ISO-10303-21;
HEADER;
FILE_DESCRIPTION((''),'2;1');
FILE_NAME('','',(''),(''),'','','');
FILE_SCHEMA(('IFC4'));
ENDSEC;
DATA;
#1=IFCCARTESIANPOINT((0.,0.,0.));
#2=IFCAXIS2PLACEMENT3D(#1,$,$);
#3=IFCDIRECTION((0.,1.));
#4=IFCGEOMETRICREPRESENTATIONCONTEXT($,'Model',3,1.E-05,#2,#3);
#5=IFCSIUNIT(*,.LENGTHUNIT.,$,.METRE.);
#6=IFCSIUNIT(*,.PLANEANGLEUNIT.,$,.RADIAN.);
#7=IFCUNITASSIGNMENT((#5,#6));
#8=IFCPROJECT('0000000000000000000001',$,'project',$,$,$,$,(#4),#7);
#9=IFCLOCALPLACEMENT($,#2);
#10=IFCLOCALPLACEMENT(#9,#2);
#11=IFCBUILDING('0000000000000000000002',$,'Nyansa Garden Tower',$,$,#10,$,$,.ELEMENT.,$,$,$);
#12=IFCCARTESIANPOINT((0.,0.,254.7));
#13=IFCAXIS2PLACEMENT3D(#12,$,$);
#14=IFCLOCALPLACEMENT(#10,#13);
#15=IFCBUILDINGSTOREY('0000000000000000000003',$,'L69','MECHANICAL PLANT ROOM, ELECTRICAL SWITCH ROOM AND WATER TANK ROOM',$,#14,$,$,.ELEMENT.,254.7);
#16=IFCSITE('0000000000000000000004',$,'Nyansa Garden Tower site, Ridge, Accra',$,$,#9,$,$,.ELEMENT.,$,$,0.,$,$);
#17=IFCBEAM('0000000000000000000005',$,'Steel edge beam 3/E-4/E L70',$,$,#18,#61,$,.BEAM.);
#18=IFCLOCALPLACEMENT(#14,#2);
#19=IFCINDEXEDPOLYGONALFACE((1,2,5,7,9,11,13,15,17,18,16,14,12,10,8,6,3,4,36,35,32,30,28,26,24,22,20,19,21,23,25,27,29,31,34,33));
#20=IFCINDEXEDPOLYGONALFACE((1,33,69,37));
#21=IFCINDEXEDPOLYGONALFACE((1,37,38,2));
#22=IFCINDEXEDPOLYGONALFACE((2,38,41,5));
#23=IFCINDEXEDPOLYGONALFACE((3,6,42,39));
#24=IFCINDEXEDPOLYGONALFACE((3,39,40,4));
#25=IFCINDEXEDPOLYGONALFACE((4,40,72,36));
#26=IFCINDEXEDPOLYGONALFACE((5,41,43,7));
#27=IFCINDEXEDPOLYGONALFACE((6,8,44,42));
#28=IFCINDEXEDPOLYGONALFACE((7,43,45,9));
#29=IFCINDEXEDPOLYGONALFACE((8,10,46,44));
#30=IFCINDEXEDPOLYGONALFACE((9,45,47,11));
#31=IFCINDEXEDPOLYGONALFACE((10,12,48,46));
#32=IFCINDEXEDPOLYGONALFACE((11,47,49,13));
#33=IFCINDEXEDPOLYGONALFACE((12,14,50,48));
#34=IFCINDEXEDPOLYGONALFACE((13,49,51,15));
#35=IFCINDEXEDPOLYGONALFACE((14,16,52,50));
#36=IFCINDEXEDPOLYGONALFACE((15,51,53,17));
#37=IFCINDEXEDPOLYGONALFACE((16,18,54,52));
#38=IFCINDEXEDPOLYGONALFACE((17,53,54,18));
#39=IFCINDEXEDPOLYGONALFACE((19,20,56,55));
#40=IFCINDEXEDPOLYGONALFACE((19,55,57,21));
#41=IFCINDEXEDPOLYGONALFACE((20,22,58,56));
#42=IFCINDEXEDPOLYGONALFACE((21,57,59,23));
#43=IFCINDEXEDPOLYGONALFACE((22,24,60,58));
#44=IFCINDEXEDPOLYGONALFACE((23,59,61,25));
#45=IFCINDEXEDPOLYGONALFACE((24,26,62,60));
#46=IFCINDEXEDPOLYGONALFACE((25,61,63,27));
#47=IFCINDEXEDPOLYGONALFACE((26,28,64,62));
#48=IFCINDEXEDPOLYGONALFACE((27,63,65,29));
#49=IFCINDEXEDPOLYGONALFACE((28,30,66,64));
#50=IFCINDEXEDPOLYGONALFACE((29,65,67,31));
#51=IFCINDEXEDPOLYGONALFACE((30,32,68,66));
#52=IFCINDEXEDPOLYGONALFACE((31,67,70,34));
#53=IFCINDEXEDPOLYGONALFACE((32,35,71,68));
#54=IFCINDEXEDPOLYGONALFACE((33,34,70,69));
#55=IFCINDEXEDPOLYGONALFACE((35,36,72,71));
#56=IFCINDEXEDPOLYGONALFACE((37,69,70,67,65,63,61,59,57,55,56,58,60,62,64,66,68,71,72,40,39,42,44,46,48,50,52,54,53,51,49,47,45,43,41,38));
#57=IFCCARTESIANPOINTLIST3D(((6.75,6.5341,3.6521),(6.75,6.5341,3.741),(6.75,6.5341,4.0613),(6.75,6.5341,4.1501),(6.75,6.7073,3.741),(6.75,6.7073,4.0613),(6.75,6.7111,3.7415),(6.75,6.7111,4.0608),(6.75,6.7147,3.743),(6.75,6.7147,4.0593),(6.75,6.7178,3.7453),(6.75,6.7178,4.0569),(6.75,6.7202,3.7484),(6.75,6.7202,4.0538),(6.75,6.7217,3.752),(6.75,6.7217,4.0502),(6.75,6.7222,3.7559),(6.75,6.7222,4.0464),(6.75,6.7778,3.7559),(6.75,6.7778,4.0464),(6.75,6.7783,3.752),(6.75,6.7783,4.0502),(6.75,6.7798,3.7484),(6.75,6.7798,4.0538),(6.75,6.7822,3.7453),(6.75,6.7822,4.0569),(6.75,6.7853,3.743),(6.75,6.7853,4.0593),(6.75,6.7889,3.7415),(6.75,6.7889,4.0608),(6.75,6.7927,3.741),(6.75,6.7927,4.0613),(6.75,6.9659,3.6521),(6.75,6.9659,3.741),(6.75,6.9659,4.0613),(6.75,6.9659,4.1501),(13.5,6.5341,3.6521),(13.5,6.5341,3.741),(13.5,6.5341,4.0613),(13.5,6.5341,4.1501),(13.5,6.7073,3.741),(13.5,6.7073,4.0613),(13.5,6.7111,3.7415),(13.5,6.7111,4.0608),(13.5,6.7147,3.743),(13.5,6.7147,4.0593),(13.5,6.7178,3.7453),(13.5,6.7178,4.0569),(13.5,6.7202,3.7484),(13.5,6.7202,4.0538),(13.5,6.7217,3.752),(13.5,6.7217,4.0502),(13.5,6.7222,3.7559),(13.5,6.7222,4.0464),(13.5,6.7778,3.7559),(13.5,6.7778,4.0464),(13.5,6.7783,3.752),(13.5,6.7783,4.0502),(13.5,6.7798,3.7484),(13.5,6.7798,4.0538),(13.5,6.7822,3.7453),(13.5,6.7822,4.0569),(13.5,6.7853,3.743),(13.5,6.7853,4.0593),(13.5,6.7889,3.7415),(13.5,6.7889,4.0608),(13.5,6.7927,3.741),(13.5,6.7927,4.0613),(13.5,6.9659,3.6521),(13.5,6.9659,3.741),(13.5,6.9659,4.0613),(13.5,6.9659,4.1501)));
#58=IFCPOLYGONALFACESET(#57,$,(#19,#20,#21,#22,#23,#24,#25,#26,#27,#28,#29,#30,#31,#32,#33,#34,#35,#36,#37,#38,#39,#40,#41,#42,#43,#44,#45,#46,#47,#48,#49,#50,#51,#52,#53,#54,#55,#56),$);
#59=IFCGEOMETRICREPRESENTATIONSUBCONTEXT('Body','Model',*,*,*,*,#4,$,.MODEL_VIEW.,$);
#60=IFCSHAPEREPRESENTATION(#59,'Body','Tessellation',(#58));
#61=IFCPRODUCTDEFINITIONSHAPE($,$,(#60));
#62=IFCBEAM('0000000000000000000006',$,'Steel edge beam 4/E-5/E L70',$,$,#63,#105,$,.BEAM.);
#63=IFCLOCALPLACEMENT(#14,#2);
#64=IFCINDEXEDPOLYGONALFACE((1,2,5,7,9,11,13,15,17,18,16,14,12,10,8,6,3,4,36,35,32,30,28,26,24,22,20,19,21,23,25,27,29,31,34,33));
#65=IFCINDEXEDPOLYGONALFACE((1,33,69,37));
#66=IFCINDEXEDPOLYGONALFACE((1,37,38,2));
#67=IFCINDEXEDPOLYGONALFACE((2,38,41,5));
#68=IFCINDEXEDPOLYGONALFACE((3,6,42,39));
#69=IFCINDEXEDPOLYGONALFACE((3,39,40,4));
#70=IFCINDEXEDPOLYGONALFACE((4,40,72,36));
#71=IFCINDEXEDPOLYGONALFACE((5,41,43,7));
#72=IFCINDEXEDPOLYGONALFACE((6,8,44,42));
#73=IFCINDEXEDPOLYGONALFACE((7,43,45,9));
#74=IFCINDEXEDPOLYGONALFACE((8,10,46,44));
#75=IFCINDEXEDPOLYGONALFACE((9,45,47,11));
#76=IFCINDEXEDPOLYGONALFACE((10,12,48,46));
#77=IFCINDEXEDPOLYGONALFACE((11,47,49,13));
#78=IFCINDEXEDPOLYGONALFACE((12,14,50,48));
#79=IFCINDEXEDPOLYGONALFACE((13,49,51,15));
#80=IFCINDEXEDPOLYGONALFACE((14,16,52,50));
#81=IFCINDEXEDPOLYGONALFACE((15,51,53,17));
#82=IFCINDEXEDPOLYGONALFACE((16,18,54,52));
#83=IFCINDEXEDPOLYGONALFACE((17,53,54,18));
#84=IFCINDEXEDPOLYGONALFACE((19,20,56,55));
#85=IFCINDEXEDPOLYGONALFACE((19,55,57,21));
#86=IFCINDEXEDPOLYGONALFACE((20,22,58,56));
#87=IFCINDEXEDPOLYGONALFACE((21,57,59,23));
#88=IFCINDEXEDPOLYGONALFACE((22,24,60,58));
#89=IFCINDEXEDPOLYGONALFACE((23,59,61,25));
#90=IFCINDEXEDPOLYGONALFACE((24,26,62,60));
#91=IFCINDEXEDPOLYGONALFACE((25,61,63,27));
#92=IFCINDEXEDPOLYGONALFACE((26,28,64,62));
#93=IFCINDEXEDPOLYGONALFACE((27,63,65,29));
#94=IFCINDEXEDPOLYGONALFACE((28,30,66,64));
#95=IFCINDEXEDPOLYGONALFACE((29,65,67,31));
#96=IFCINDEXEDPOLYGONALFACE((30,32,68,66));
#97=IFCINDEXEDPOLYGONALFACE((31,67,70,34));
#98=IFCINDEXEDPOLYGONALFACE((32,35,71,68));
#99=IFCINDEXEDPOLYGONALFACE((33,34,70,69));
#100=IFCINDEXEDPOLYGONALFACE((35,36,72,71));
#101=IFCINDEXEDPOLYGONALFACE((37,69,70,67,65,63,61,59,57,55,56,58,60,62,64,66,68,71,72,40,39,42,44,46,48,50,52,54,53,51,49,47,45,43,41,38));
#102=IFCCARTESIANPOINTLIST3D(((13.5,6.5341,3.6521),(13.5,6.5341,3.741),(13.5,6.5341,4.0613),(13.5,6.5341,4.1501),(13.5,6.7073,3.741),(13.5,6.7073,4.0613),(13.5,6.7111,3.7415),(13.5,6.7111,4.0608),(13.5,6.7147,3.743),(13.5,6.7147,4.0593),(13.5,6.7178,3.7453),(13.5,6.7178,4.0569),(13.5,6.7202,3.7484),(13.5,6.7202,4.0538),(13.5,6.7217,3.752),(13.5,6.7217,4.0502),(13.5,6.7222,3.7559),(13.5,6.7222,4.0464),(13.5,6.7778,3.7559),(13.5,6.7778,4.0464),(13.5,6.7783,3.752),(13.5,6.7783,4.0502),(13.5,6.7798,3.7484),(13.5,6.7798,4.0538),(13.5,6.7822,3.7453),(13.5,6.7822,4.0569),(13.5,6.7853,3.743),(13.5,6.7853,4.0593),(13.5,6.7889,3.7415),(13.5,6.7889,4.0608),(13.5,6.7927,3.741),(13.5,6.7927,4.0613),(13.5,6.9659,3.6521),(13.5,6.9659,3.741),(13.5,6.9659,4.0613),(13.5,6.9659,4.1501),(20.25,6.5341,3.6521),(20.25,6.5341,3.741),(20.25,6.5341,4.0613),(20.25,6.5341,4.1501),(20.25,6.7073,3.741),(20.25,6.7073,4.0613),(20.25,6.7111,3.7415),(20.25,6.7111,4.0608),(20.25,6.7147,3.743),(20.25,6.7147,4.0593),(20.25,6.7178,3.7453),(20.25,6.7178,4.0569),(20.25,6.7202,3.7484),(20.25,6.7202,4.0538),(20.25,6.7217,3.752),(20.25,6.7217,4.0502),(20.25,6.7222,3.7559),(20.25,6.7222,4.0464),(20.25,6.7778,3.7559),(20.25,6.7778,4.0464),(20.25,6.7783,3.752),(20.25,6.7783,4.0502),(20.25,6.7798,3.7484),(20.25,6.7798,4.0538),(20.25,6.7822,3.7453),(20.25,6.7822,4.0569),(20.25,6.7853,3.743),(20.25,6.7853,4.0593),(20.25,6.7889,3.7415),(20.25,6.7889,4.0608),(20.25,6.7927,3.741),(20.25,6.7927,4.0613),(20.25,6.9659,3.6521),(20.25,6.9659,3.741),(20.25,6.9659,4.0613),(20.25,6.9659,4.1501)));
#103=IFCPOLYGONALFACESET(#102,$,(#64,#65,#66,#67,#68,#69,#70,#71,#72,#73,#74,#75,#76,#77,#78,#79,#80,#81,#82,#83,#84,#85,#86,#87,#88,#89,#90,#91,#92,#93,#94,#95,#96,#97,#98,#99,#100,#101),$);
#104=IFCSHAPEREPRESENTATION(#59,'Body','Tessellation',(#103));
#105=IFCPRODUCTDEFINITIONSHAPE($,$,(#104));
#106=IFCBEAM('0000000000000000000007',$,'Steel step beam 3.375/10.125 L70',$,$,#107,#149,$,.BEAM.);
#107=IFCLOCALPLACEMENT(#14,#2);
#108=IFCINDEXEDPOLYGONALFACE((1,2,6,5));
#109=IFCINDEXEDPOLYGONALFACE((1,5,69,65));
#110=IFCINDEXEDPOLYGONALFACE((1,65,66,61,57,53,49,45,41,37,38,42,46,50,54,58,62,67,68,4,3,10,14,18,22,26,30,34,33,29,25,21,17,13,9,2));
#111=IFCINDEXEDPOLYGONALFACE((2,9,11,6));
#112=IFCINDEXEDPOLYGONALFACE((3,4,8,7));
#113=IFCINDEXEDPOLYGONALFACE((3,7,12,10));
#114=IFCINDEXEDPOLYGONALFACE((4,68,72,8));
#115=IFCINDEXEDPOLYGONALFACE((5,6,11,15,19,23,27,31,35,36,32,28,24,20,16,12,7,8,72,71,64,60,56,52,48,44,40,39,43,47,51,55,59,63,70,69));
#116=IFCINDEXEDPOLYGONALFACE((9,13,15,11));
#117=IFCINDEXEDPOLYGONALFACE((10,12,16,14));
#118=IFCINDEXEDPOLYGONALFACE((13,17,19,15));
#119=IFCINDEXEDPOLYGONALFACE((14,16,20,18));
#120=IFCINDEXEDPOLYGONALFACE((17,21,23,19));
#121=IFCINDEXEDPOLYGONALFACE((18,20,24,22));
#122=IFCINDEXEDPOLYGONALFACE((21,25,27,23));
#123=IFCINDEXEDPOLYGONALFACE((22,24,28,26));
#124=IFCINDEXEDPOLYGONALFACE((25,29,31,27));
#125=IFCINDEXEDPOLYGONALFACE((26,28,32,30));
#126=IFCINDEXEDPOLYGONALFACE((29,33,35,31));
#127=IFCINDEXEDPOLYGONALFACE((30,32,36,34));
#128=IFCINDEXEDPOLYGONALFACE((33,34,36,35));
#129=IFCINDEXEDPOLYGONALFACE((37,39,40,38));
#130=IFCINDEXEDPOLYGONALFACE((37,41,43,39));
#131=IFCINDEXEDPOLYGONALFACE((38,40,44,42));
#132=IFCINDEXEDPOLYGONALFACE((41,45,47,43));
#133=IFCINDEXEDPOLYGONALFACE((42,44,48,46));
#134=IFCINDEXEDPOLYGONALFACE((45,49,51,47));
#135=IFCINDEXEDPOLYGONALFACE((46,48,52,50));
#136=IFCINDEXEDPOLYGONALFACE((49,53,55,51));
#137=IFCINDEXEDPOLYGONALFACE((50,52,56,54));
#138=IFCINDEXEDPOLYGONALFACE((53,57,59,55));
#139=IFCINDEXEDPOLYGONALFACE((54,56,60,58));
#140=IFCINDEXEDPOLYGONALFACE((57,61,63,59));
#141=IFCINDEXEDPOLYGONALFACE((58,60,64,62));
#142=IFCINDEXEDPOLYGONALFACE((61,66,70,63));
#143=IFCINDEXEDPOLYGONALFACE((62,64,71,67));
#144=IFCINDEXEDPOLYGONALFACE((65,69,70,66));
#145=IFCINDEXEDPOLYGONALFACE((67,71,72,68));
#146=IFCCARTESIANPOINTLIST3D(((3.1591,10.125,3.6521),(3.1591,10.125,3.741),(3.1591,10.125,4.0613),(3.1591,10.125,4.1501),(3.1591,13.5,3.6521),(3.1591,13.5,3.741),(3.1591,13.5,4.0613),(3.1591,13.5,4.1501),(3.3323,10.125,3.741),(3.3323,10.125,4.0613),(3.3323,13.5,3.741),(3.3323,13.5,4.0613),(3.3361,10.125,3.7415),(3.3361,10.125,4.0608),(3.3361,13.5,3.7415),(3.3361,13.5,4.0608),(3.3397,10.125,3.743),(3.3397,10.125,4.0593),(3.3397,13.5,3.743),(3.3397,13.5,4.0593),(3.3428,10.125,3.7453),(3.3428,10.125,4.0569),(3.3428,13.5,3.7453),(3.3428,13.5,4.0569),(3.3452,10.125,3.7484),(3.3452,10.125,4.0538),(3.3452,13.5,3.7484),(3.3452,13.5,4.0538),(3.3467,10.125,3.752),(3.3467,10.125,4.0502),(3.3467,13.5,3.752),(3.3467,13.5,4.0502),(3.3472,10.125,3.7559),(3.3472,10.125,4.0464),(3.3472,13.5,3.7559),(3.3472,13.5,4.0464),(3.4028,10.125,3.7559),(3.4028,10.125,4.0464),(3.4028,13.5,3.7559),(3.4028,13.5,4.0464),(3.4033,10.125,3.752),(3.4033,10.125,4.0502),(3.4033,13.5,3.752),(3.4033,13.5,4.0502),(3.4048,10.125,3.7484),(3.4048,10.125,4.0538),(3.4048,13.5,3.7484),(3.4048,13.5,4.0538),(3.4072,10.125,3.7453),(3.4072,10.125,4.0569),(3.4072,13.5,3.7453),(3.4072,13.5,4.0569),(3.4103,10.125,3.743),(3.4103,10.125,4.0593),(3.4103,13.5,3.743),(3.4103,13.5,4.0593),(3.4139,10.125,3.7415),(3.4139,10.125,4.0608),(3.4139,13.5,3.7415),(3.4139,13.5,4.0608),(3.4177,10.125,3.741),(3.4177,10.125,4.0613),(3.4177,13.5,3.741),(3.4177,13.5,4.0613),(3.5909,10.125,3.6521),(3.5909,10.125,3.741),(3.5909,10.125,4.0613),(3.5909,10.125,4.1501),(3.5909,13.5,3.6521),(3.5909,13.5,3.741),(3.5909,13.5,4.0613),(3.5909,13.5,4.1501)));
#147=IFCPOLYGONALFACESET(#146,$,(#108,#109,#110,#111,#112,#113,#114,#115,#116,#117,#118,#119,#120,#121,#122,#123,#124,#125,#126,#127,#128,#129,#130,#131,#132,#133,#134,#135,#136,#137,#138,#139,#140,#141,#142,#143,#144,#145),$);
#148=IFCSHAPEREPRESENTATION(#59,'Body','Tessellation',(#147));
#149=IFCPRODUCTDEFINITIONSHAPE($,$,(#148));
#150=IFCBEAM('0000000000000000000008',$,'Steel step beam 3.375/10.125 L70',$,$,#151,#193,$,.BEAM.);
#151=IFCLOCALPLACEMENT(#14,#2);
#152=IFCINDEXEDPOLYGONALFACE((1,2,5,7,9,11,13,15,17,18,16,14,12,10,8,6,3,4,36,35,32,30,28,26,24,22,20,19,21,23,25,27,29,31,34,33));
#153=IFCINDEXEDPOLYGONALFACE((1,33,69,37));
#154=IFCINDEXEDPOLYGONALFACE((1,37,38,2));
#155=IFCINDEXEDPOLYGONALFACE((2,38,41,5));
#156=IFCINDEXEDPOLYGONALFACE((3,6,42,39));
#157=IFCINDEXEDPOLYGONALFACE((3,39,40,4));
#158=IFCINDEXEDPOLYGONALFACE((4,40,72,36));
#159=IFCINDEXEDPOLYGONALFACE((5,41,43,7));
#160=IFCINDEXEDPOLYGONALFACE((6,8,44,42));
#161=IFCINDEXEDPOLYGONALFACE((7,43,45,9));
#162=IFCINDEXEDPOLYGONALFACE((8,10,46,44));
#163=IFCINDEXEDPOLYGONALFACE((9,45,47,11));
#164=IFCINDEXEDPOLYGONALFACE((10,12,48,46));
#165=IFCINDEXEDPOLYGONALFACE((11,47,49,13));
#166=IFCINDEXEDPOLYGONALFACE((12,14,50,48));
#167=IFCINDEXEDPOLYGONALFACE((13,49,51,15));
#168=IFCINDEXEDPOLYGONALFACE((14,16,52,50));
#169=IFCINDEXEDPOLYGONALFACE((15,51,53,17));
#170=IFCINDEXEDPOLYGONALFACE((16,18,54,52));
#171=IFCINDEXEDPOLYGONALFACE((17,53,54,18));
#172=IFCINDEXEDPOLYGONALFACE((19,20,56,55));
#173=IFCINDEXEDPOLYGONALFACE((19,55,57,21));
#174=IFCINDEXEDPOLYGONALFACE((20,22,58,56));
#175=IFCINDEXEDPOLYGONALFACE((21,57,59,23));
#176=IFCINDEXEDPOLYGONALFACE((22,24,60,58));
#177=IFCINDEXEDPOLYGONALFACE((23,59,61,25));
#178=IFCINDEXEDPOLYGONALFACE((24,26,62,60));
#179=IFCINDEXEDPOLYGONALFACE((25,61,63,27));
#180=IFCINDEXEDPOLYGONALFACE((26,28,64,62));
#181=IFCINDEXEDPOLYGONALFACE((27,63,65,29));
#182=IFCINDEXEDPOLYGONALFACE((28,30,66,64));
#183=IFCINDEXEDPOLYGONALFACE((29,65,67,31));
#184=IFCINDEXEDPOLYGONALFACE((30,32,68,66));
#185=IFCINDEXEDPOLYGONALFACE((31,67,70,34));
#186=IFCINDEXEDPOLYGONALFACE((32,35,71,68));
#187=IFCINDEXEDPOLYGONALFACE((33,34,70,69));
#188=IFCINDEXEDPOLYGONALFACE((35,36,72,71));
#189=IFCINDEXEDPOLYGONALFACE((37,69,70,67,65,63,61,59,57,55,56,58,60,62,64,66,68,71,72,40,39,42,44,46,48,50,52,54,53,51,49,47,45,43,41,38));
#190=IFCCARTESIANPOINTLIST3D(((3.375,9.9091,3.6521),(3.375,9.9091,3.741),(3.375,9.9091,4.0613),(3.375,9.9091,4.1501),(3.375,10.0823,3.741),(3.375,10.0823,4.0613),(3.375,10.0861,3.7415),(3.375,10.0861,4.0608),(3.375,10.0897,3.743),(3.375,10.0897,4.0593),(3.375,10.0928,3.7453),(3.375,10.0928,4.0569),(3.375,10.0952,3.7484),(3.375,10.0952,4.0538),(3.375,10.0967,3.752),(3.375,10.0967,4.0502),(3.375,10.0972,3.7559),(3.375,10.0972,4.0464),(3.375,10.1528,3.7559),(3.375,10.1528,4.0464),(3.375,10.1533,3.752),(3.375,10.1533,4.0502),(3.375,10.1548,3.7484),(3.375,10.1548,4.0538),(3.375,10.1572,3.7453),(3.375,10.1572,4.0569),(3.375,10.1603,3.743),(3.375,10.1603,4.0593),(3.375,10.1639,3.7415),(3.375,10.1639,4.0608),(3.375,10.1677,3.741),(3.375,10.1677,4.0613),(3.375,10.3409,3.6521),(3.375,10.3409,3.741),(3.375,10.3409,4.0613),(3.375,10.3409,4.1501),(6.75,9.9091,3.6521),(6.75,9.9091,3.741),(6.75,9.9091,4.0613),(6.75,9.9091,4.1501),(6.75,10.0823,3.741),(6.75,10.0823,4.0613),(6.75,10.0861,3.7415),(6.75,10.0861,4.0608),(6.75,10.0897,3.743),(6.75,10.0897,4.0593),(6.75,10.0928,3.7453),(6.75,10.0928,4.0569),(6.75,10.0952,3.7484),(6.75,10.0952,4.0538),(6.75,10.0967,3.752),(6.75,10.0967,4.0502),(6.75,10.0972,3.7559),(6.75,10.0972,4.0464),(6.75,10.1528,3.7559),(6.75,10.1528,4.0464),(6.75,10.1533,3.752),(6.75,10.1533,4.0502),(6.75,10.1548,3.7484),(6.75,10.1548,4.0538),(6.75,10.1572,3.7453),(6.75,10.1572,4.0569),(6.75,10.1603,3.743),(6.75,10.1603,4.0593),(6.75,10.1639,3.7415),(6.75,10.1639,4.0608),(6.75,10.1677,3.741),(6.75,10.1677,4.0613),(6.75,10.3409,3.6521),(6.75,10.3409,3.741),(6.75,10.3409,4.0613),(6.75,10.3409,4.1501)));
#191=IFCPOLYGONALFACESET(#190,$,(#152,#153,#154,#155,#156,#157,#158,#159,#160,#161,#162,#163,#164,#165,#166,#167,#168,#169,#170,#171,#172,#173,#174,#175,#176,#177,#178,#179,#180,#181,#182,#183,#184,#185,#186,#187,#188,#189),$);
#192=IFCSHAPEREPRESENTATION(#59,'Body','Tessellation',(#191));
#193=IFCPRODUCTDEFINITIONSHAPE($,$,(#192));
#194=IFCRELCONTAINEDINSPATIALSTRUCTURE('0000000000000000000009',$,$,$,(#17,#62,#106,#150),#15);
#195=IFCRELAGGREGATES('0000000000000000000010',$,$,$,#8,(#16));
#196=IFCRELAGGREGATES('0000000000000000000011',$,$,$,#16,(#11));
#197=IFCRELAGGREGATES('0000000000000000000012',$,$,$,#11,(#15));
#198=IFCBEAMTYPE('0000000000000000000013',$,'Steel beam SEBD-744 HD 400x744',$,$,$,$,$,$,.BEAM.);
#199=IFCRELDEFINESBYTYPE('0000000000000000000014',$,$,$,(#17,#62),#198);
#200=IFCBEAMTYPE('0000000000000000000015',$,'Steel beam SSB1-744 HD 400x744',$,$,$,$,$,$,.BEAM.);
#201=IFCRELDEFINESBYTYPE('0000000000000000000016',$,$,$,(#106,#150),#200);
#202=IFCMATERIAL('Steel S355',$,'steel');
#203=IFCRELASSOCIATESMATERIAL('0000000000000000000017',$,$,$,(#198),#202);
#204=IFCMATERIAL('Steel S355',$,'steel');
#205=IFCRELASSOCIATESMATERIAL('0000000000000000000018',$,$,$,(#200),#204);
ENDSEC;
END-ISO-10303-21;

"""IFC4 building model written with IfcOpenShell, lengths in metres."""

from ifc_helpers import new_model, si_unit, direction, frame, origin, origin_2d, place, context, subcontext, project, spatial, i_section, extrude, material, material_profile, profile_set, type_object, element, save


model = new_model("IFC4")

# Units and contexts
model_context = context("Model", 3, precision=1e-05, world=origin(), true_north=direction((0.0, 1.0)))
body_context = subcontext(model_context, "Body", "Model", "MODEL_VIEW")
ifc_project = project(units=[si_unit("LENGTHUNIT", "METRE"), si_unit("PLANEANGLEUNIT", "RADIAN")], contexts=[model_context])

# Site, building, storey
site_placement = place(None, origin())
site = spatial("IfcSite", under=ifc_project, at=site_placement, Name="Nyansa Garden Tower site, Ridge, Accra", CompositionType="ELEMENT", RefElevation=0.0)
building_placement = place(site_placement, origin())
building = spatial("IfcBuilding", under=site, at=building_placement, Name="Nyansa Garden Tower", CompositionType="ELEMENT")
storey_placement = place(building_placement, frame((0.0, 0.0, 254.7)))
storey = spatial("IfcBuildingStorey", under=building, at=storey_placement, Name="L69", Description="MECHANICAL PLANT ROOM, ELECTRICAL SWITCH ROOM AND WATER TANK ROOM", CompositionType="ELEMENT", Elevation=254.7)

# Beams
ifc_material_1 = material(Name="Steel S355", Category="steel")
ifc_material_profile_1 = material_profile(ifc_material_1, i_section(OverallWidth=0.4319, OverallDepth=0.498, WebThickness=0.0557, FlangeThickness=0.0889, FilletRadius=0.0149, at=origin_2d()), Name="HD 400x744")
ifc_profile_set_1 = profile_set([ifc_material_profile_1], Name="Steel S355")
beam_type_1 = type_object("IfcBeamType", Name="Steel beam SEBD-744 HD 400x744", PredefinedType="BEAM", material=ifc_profile_set_1)
for number, where, z_axis, x_axis, name in (
    (1, (6.75, 6.75, 3.9011), (1.0, 0.0, 0.0), (0.0, 1.0, 0.0), "Steel edge beam 3/E-4/E L70"),
    (2, (13.5, 6.75, 3.9011), (1.0, 0.0, 0.0), (0.0, 1.0, 0.0), "Steel edge beam 4/E-5/E L70"),
):
    element("IfcBeam", number, at=place(storey_placement, frame(where, z_axis=z_axis, x_axis=x_axis)), inside=storey, type_object=beam_type_1, Name=name, PredefinedType="BEAM", context=body_context, shape_type="SweptSolid", body=[
        extrude(i_section(OverallWidth=0.4319, OverallDepth=0.498, WebThickness=0.0557, FlangeThickness=0.0889, FilletRadius=0.0149, at=origin_2d()), origin(), (0.0, 0.0, 1.0), 6.75),
    ])
ifc_material_2 = material(Name="Steel S355", Category="steel")
ifc_material_profile_2 = material_profile(ifc_material_2, i_section(OverallWidth=0.4319, OverallDepth=0.498, WebThickness=0.0557, FlangeThickness=0.0889, FilletRadius=0.0149, at=origin_2d()), Name="HD 400x744")
ifc_profile_set_2 = profile_set([ifc_material_profile_2], Name="Steel S355")
beam_type_2 = type_object("IfcBeamType", Name="Steel beam SSB1-744 HD 400x744", PredefinedType="BEAM", material=ifc_profile_set_2)
for number, where, z_axis, x_axis, name in (
    (3, (3.375, 10.125, 3.9011), (0.0, 1.0, 0.0), (-1.0, 0.0, 0.0), "Steel step beam 3.375/10.125 L70"),
    (4, (3.375, 10.125, 3.9011), (1.0, 0.0, 0.0), (0.0, 1.0, 0.0), "Steel step beam 3.375/10.125 L70"),
):
    element("IfcBeam", number, at=place(storey_placement, frame(where, z_axis=z_axis, x_axis=x_axis)), inside=storey, type_object=beam_type_2, Name=name, PredefinedType="BEAM", context=body_context, shape_type="SweptSolid", body=[
        extrude(i_section(OverallWidth=0.4319, OverallDepth=0.498, WebThickness=0.0557, FlangeThickness=0.0889, FilletRadius=0.0149, at=origin_2d()), origin(), (0.0, 0.0, 1.0), 3.375),
    ])

save(model, "model.ifc")
